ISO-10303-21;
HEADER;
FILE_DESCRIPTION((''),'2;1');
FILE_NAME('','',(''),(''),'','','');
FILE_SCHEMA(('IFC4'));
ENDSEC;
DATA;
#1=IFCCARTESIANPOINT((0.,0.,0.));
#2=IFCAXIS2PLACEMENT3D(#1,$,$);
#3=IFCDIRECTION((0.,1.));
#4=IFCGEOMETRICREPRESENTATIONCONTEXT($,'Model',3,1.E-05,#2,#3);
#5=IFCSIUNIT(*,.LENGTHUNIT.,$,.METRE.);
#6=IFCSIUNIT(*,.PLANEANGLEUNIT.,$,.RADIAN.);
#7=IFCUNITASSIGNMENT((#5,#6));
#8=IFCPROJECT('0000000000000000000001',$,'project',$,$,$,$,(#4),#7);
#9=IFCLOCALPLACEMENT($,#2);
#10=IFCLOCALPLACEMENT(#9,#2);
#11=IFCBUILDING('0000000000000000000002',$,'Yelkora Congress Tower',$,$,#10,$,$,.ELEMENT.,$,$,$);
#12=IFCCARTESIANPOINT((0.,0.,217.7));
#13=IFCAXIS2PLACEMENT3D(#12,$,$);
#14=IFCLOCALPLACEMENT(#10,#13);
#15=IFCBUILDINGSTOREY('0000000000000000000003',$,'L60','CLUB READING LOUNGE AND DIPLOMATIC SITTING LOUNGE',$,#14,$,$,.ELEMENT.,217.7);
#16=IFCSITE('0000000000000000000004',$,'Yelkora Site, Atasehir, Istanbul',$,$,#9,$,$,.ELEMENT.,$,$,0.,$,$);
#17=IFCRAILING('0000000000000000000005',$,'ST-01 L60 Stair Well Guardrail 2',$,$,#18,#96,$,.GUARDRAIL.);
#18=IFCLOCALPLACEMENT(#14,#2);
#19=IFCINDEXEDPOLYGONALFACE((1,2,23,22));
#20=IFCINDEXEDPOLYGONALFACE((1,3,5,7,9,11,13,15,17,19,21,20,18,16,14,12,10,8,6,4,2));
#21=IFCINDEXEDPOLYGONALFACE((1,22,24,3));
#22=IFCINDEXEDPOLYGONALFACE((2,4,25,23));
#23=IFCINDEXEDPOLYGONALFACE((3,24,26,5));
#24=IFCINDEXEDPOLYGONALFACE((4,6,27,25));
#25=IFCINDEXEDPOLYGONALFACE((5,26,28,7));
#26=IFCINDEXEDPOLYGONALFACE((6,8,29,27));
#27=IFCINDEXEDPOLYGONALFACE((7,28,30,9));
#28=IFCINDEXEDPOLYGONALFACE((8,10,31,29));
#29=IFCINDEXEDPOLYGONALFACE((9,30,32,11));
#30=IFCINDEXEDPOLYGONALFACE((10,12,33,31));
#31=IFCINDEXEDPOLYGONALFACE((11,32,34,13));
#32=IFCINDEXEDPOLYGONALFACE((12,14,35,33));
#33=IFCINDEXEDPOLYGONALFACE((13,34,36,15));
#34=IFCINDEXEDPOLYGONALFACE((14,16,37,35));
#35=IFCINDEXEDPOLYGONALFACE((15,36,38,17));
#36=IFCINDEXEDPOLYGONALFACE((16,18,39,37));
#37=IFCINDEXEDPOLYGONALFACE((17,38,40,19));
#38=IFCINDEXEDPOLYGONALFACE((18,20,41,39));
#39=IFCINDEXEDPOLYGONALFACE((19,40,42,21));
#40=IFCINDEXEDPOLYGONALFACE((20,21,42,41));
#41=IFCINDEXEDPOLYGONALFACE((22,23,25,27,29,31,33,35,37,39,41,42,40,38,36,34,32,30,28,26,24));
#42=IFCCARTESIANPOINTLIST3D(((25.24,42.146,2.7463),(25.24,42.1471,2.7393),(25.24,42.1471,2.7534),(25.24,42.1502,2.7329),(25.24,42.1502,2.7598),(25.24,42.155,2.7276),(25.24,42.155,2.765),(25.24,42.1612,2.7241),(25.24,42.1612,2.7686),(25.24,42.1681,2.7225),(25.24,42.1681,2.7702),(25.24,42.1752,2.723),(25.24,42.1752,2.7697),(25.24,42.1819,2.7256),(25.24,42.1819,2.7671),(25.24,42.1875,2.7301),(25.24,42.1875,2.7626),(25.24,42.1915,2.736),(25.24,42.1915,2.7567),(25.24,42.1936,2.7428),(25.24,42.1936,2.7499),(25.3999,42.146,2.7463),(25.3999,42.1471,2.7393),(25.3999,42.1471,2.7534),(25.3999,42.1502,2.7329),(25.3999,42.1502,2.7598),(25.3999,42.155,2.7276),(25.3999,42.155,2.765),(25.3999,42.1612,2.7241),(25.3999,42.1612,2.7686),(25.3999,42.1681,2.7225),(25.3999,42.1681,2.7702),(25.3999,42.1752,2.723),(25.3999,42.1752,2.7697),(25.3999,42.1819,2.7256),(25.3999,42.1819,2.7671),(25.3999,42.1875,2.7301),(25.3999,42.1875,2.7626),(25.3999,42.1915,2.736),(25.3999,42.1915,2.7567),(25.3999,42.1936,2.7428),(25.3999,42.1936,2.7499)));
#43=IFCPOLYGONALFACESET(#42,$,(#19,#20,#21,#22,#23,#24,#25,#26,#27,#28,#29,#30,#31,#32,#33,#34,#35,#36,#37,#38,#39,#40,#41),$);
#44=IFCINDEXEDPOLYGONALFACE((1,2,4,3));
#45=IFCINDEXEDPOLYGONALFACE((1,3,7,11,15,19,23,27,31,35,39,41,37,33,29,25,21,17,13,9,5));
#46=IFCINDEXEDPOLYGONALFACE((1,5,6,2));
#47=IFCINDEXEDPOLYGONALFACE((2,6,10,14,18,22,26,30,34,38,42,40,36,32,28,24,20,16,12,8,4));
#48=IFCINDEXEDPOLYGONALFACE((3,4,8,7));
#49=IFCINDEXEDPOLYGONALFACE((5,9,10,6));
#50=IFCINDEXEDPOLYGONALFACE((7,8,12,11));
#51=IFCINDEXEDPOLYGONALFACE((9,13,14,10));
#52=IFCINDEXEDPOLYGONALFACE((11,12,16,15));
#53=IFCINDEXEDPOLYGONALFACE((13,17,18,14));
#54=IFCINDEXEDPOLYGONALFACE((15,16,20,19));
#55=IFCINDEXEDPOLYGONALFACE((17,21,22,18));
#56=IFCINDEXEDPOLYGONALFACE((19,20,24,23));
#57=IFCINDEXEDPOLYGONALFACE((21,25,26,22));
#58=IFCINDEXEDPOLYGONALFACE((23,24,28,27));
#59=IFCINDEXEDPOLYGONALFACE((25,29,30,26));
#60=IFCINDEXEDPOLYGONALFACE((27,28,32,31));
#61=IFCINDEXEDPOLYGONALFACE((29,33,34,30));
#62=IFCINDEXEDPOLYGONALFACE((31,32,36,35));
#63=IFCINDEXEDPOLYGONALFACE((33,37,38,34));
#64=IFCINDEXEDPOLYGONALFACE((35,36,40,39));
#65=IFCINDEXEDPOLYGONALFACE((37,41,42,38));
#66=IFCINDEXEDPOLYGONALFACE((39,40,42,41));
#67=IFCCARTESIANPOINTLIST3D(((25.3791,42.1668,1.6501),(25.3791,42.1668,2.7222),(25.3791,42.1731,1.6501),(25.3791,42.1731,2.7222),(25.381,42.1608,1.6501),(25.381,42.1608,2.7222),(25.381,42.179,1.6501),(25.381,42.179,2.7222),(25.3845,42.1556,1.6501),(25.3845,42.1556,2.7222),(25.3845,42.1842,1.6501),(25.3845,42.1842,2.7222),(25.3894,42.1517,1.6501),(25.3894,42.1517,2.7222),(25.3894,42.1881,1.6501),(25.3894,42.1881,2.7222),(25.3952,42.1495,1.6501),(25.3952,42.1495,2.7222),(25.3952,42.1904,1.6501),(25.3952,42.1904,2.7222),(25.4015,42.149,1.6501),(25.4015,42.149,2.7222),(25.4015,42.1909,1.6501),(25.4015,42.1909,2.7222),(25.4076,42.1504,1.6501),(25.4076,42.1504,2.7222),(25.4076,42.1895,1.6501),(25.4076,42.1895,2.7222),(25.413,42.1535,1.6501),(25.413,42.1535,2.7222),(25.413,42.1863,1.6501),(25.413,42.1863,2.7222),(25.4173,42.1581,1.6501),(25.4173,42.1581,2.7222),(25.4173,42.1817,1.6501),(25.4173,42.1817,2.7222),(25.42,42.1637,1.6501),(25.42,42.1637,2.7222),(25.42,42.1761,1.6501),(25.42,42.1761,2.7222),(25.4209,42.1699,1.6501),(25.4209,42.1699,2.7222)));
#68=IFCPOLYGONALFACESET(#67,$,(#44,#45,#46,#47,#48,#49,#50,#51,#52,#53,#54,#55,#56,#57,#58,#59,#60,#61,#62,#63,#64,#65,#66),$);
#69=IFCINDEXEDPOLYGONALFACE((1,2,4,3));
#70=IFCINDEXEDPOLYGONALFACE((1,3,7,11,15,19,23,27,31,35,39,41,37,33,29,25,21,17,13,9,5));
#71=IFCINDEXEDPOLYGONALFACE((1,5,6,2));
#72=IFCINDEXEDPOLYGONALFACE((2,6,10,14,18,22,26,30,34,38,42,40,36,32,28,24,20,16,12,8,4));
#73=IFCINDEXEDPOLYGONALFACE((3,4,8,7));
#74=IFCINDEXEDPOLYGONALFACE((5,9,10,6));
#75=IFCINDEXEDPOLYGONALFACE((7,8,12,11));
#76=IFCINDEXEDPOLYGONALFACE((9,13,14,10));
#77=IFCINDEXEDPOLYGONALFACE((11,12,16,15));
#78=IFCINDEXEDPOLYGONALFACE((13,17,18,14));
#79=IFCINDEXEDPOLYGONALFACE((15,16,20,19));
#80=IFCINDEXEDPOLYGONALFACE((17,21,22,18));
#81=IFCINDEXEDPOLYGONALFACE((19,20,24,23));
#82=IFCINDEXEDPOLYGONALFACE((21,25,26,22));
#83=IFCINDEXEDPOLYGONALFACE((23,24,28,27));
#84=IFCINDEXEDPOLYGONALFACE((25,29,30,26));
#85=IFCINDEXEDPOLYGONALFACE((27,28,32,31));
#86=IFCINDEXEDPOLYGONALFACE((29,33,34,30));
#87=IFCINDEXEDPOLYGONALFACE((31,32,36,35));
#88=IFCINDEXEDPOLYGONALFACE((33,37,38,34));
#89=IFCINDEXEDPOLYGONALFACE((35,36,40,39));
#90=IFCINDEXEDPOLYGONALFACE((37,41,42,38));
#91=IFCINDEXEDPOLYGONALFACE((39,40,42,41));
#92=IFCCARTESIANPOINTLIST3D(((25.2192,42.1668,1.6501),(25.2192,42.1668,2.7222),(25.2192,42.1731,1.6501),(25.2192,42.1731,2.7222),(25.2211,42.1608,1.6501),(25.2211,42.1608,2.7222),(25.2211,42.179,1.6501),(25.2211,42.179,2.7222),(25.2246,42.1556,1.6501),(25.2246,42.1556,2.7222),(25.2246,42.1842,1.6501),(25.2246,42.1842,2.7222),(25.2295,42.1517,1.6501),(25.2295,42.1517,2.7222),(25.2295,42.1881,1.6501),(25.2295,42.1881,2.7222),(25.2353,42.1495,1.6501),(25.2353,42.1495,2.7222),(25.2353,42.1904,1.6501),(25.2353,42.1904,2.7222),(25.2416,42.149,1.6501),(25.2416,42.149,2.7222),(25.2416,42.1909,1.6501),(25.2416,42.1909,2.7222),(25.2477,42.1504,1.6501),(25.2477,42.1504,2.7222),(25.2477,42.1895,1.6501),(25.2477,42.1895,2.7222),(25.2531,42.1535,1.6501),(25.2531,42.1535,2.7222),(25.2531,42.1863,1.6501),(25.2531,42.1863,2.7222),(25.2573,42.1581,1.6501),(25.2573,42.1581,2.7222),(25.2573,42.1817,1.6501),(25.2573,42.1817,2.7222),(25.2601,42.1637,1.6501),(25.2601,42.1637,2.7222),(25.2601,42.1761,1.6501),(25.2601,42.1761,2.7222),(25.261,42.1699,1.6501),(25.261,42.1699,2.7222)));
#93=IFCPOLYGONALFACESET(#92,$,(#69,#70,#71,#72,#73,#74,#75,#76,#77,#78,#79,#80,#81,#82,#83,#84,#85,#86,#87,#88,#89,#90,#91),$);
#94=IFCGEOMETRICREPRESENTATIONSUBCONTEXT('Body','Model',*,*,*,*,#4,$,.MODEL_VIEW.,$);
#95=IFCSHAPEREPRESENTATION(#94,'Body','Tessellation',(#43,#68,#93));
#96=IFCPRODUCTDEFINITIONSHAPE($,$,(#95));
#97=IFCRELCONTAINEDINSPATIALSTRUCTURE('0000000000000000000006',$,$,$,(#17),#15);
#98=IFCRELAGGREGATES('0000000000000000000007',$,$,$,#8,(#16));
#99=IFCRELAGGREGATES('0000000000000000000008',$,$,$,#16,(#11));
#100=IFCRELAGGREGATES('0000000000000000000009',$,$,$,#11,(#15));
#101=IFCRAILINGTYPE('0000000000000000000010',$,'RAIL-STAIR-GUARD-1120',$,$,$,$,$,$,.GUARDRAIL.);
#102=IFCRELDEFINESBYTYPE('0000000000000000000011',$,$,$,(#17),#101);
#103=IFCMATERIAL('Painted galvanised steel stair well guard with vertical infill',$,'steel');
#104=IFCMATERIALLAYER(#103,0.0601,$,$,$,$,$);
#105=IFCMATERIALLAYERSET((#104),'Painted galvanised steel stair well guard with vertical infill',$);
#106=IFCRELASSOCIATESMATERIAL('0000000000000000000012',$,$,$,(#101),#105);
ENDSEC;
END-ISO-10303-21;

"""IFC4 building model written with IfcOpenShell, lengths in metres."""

from ifc_helpers import new_model, si_unit, direction, frame, origin, origin_2d, place, context, subcontext, project, spatial, circle, extrude, material, layer, layer_set, type_object, element, save


model = new_model("IFC4")

# Units and contexts
model_context = context("Model", 3, precision=1e-05, world=origin(), true_north=direction((0.0, 1.0)))
body_context = subcontext(model_context, "Body", "Model", "MODEL_VIEW")
ifc_project = project(units=[si_unit("LENGTHUNIT", "METRE"), si_unit("PLANEANGLEUNIT", "RADIAN")], contexts=[model_context])

# Site, building, storey
site_placement = place(None, origin())
site = spatial("IfcSite", under=ifc_project, at=site_placement, Name="Yelkora Site, Atasehir, Istanbul", CompositionType="ELEMENT", RefElevation=0.0)
building_placement = place(site_placement, origin())
building = spatial("IfcBuilding", under=site, at=building_placement, Name="Yelkora Congress Tower", CompositionType="ELEMENT")
storey_placement = place(building_placement, frame((0.0, 0.0, 217.7)))
storey = spatial("IfcBuildingStorey", under=building, at=storey_placement, Name="L60", Description="CLUB READING LOUNGE AND DIPLOMATIC SITTING LOUNGE", CompositionType="ELEMENT", Elevation=217.7)

# Railing
ifc_material_1 = material(Name="Painted galvanised steel stair well guard with vertical infill", Category="steel")
ifc_layer_1 = layer(ifc_material_1, 0.0601)
ifc_layer_set_1 = layer_set([ifc_layer_1], Name="Painted galvanised steel stair well guard with vertical infill")
railing_type_1 = type_object("IfcRailingType", Name="RAIL-STAIR-GUARD-1120", PredefinedType="GUARDRAIL", material=ifc_layer_set_1)
railing_1_placement = place(storey_placement, frame((25.3999, 42.1699, 1.6501)))
element("IfcRailing", 1, at=railing_1_placement, inside=storey, type_object=railing_type_1, Name="ST-01 L60 Stair Well Guardrail 2", PredefinedType="GUARDRAIL", context=body_context, shape_type="SweptSolid", body=[
    extrude(circle(Radius=0.0239, at=origin_2d()), frame((0.0, 0.0, 1.0962), z_axis=(-1.0, 0.0, 0.0), x_axis=(0.0, -1.0, 0.0)), (0.0, 0.0, 1.0), 0.1599),
    extrude(circle(Radius=0.021, at=origin_2d()), origin(), (0.0, 0.0, 1.0), 1.072),
    extrude(circle(Radius=0.021, at=origin_2d()), frame((-0.1599, 0.0, 0.0)), (0.0, 0.0, 1.0), 1.072),
])

save(model, "model.ifc")
